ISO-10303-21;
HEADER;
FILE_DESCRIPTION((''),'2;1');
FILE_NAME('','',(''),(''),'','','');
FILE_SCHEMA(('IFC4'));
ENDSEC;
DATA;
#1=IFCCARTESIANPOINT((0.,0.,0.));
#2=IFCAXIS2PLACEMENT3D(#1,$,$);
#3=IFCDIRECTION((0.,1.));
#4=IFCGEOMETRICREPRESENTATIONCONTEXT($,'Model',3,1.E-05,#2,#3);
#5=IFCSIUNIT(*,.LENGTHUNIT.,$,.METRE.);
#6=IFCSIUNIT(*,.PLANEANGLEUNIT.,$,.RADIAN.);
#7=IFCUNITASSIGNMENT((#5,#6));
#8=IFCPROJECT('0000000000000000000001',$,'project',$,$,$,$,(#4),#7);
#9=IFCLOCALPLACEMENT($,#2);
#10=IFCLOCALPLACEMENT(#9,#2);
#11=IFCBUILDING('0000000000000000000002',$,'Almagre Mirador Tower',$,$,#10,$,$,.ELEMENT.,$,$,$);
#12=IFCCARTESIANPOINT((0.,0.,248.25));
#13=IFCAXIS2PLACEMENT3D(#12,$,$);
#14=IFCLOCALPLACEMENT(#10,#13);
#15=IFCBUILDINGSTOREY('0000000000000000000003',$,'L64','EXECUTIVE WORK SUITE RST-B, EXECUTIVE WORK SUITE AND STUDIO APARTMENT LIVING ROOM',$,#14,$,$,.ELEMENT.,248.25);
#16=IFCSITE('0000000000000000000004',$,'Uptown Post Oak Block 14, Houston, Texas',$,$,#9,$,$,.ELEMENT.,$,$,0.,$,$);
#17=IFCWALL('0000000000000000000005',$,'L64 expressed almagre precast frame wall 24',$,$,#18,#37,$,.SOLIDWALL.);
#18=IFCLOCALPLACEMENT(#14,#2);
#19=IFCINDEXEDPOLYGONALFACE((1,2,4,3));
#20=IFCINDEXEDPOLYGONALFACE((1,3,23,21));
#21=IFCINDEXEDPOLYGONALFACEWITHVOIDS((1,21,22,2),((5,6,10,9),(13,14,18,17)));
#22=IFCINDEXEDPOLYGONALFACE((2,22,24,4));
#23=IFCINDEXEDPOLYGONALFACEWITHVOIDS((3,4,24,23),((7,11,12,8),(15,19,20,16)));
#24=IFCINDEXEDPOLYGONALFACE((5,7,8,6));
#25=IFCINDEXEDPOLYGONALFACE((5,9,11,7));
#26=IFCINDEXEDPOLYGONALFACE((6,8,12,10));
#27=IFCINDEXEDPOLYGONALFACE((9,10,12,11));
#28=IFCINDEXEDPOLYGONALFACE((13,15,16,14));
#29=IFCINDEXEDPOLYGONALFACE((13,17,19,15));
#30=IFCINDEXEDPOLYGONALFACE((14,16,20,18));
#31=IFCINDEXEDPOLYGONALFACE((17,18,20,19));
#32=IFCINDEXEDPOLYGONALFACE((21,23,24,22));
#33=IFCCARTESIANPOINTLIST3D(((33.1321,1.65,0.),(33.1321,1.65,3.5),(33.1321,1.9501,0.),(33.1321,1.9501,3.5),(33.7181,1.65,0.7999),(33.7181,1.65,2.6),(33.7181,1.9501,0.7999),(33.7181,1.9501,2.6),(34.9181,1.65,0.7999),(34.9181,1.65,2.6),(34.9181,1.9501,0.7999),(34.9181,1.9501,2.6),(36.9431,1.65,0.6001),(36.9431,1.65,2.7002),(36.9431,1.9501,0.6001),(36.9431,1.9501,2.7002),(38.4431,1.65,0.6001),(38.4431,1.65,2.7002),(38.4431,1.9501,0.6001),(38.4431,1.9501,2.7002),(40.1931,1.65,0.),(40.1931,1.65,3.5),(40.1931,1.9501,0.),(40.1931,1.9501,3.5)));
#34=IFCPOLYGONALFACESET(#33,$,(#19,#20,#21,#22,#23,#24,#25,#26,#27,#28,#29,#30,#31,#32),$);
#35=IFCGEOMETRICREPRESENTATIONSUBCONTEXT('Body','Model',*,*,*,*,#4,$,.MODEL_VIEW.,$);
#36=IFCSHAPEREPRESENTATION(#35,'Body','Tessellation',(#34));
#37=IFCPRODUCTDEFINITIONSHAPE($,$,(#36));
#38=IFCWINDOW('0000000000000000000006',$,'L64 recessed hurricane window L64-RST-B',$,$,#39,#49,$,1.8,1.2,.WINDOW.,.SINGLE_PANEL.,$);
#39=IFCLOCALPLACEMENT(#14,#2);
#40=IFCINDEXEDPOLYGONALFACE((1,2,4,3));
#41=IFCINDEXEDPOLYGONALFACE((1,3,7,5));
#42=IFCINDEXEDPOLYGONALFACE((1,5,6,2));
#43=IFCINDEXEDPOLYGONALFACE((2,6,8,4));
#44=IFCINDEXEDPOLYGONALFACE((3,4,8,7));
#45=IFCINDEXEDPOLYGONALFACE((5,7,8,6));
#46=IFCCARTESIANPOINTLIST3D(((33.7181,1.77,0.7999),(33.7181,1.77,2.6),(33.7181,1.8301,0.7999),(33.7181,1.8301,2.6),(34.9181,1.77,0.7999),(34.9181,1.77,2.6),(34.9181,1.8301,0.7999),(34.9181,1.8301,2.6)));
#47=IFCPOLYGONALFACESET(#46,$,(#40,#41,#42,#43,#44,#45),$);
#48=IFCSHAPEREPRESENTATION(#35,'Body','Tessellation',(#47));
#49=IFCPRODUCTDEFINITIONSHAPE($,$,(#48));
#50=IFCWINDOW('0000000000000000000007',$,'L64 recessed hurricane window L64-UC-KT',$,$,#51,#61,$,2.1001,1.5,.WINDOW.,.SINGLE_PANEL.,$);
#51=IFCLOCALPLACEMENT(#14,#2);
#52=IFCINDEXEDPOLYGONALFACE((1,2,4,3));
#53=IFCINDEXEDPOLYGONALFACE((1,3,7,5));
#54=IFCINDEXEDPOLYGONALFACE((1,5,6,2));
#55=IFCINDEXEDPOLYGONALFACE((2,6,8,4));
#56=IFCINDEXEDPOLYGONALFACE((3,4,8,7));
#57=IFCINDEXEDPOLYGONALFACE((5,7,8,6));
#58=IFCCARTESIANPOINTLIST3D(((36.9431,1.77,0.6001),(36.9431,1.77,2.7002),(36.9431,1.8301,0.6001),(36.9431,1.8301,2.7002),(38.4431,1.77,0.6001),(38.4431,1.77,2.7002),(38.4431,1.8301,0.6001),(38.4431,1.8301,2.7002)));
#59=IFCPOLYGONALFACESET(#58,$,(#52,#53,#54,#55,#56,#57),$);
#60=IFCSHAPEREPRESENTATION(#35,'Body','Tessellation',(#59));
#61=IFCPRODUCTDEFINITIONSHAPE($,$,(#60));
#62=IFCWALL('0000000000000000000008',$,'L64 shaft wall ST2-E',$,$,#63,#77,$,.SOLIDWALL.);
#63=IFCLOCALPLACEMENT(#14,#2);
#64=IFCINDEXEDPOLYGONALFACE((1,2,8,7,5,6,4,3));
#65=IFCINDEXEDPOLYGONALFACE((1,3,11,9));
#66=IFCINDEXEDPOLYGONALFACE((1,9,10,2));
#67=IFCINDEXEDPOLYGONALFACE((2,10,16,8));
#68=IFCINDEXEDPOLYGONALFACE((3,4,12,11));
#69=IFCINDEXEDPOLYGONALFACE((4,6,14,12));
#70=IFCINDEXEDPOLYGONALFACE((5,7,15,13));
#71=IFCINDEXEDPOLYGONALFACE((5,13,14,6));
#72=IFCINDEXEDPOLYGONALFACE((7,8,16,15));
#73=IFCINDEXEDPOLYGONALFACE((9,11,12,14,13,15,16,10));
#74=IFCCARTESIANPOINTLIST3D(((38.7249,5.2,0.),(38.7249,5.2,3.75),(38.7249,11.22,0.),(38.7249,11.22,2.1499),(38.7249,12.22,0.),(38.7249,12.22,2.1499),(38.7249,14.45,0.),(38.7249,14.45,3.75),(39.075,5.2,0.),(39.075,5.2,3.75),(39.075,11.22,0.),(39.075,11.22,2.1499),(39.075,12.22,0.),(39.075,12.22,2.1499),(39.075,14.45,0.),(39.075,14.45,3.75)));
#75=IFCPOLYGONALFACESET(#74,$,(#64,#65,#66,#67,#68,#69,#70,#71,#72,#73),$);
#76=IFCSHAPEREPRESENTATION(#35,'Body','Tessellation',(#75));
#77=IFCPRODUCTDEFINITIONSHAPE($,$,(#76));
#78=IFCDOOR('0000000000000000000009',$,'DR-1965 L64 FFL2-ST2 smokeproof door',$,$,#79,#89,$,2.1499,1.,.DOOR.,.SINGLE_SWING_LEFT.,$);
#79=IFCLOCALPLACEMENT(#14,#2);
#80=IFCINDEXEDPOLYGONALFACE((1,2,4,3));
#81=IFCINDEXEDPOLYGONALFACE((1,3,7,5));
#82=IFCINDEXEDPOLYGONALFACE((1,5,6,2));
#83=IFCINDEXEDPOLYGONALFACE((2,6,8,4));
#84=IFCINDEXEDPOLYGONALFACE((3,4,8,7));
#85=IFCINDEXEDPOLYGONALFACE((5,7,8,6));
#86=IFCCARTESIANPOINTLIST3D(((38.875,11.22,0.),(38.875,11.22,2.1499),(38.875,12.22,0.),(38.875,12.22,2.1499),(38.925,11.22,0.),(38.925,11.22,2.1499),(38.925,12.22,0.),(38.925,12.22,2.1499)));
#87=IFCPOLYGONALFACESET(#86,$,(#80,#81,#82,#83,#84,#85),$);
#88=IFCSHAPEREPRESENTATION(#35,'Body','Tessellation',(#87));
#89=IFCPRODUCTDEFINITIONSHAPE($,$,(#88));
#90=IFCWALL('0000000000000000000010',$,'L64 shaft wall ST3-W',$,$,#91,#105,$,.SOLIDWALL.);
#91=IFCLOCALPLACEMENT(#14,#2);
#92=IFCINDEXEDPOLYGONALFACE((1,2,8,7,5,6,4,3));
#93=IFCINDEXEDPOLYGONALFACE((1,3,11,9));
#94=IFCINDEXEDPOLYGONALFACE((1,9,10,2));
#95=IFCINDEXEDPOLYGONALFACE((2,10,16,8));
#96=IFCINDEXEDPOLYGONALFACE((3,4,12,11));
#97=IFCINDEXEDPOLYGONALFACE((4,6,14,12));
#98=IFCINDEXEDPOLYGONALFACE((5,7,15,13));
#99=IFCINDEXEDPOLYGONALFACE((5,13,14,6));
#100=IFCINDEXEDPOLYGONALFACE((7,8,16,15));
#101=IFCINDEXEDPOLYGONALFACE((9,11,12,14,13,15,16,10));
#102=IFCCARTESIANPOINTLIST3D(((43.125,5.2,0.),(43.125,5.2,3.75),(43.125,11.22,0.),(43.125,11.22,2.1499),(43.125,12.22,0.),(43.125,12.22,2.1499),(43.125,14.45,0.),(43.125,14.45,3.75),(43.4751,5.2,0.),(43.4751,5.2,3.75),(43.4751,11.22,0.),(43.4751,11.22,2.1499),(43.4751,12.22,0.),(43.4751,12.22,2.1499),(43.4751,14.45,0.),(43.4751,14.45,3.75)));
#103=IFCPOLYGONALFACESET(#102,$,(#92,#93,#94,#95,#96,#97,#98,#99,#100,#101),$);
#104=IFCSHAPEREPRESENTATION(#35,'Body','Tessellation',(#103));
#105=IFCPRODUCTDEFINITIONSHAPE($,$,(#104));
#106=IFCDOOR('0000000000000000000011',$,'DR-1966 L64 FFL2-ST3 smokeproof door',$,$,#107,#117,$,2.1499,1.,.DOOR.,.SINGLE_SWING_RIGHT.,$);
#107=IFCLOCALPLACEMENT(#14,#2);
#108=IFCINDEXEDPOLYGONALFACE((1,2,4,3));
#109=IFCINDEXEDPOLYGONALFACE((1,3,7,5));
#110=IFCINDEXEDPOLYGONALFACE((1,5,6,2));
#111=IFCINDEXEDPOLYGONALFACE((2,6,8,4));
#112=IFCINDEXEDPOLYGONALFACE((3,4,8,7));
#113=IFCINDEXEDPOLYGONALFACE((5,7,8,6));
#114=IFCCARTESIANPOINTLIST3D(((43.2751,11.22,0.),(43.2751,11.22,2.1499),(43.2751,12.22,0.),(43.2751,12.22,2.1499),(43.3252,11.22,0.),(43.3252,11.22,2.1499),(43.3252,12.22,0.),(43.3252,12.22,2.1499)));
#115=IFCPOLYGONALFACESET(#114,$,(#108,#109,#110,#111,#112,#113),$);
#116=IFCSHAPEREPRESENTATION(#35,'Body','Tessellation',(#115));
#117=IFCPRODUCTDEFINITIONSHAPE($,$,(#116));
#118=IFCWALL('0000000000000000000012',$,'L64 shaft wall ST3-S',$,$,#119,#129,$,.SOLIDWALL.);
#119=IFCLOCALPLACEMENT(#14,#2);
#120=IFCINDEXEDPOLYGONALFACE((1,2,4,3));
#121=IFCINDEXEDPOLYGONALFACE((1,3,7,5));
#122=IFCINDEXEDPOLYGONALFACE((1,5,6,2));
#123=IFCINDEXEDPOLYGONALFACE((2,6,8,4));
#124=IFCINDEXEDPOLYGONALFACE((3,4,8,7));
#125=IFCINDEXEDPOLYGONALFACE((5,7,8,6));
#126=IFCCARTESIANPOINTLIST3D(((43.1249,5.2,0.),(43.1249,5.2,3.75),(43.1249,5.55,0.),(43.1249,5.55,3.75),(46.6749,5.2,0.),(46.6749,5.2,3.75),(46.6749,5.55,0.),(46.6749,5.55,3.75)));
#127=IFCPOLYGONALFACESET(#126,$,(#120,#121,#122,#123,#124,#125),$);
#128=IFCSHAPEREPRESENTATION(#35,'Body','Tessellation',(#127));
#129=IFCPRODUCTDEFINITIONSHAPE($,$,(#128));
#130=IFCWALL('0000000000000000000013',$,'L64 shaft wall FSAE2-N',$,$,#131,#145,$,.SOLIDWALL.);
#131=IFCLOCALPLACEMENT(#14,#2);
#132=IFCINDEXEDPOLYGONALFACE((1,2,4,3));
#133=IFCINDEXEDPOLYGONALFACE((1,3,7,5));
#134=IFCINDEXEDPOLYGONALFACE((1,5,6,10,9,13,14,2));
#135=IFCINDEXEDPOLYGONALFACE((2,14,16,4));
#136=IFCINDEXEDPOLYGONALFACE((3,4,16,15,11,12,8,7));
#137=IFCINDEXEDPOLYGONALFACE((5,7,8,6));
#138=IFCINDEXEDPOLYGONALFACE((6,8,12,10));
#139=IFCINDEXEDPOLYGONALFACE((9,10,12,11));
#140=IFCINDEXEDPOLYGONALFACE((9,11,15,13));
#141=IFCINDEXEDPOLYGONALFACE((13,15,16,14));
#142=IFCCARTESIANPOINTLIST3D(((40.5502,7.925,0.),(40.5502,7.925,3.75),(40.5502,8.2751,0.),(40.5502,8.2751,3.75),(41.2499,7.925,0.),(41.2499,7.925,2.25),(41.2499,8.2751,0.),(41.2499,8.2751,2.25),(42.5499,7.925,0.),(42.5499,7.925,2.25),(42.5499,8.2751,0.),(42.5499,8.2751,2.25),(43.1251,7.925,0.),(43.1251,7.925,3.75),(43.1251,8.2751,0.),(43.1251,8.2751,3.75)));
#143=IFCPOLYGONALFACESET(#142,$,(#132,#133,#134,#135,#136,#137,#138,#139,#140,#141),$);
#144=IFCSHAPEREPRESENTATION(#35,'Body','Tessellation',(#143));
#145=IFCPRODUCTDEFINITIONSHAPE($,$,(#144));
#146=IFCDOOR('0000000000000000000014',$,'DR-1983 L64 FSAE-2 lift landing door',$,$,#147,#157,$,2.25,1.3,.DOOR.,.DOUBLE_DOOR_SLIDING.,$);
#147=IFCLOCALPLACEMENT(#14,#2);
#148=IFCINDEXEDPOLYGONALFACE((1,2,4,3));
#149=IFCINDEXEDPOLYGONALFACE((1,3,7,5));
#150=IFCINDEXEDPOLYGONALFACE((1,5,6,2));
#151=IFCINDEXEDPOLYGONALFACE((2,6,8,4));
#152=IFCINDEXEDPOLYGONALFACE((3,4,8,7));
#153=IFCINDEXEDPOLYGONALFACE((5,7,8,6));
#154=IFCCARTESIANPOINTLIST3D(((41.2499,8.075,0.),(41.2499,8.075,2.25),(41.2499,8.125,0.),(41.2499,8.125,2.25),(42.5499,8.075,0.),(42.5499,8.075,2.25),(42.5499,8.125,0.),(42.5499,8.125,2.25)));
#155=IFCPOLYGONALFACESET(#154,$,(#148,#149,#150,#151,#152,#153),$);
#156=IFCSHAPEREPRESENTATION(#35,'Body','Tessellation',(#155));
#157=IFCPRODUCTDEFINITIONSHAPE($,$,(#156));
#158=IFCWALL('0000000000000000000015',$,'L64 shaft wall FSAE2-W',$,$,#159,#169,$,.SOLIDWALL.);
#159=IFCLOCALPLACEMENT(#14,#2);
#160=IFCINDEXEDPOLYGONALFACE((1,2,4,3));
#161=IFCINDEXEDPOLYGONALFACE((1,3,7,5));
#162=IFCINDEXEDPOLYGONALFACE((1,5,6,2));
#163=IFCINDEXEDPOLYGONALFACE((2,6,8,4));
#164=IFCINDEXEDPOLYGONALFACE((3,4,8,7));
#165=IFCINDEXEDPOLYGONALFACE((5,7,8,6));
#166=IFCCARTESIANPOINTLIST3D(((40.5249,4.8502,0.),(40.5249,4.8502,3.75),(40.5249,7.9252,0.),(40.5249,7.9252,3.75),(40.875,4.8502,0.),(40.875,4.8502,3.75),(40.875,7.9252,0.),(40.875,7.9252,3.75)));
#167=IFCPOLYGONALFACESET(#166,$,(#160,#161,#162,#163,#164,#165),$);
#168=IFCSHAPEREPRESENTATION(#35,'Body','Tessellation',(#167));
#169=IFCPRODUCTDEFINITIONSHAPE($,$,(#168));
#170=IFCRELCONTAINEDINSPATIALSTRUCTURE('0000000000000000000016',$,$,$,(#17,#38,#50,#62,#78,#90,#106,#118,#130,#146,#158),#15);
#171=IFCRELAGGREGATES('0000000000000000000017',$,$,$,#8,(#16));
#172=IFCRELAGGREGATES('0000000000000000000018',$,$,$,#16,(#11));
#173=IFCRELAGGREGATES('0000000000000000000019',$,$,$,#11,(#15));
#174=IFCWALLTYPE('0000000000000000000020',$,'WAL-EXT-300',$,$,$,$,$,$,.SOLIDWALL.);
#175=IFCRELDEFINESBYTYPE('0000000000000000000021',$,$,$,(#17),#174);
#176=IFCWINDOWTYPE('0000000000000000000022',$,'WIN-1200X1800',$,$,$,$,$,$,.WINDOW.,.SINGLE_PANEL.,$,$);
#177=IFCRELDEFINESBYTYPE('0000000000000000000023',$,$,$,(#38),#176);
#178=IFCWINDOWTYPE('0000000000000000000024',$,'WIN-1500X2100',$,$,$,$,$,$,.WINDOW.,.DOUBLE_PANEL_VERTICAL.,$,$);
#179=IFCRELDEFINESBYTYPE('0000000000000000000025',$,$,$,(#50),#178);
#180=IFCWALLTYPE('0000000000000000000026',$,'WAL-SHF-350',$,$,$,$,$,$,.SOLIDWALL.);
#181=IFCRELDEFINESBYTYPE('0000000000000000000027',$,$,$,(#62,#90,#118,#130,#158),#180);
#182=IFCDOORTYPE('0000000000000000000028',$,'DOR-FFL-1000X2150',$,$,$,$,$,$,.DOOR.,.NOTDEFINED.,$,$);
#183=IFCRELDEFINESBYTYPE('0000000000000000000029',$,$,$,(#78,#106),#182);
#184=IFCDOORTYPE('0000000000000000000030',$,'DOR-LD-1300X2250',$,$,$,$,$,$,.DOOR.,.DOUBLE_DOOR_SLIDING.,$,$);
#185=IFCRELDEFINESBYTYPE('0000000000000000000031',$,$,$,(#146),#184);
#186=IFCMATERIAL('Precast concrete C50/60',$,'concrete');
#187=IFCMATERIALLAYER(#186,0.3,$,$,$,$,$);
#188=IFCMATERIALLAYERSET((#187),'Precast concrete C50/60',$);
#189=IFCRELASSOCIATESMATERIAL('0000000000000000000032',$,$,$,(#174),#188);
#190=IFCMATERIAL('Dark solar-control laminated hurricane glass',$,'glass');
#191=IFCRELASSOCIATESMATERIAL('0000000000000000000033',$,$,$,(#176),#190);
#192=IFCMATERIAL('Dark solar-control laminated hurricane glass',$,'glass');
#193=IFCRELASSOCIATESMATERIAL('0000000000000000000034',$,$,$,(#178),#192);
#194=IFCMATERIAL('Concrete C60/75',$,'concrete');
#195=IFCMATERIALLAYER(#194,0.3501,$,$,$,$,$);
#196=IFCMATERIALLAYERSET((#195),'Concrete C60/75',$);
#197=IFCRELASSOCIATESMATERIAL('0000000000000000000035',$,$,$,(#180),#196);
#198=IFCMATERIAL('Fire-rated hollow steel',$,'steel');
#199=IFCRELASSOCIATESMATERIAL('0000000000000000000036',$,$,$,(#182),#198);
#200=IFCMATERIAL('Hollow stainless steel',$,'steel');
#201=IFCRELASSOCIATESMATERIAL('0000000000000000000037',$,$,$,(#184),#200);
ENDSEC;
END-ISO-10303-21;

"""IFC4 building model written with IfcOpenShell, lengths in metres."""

from ifc_helpers import new_model, si_unit, direction, frame, frame_2d, origin, place, context, subcontext, project, spatial, rectangle, extrude, material, layer, layer_set, type_object, element, fill, save


model = new_model("IFC4")

# Units and contexts
model_context = context("Model", 3, precision=1e-05, world=origin(), true_north=direction((0.0, 1.0)))
body_context = subcontext(model_context, "Body", "Model", "MODEL_VIEW")
ifc_project = project(units=[si_unit("LENGTHUNIT", "METRE"), si_unit("PLANEANGLEUNIT", "RADIAN")], contexts=[model_context])

# Site, building, storey
site_placement = place(None, origin())
site = spatial("IfcSite", under=ifc_project, at=site_placement, Name="Uptown Post Oak Block 14, Houston, Texas", CompositionType="ELEMENT", RefElevation=0.0)
building_placement = place(site_placement, origin())
building = spatial("IfcBuilding", under=site, at=building_placement, Name="Almagre Mirador Tower", CompositionType="ELEMENT")
storey_placement = place(building_placement, frame((0.0, 0.0, 248.25)))
storey = spatial("IfcBuildingStorey", under=building, at=storey_placement, Name="L64", Description="EXECUTIVE WORK SUITE RST-B, EXECUTIVE WORK SUITE AND STUDIO APARTMENT LIVING ROOM", CompositionType="ELEMENT", Elevation=248.25)

# Shared definitions
ifc_material_1 = material(Name="Precast concrete C50/60", Category="concrete")
ifc_layer_1 = layer(ifc_material_1, 0.3)
ifc_layer_set_1 = layer_set([ifc_layer_1], Name="Precast concrete C50/60")
wall_type_1 = type_object("IfcWallType", Name="WAL-EXT-300", PredefinedType="SOLIDWALL", material=ifc_layer_set_1)

# Wall, openings, windows
wall_1_placement = place(storey_placement, frame((40.1931, 1.8, 0.0), z_axis=(0.0, 0.0, 1.0), x_axis=(-1.0, 0.0, 0.0)))
wall_1 = element("IfcWall", 1, at=wall_1_placement, inside=storey, type_object=wall_type_1, Name="L64 expressed almagre precast frame wall 24", PredefinedType="SOLIDWALL", context=body_context, shape_type="SweptSolid", body=[
    extrude(rectangle(XDim=7.061, YDim=0.3, at=frame_2d((3.5305, 0.0))), origin(), (0.0, 0.0, 1.0), 3.5),
])
opening_1_placement = place(wall_1_placement, frame((5.2749, 0.0, 0.8)))
opening_1 = element("IfcOpeningElement", 2, at=opening_1_placement, cuts=wall_1, PredefinedType="OPENING", context=body_context, shape_type="SweptSolid", body=[
    extrude(rectangle(XDim=1.2, YDim=1.8, at=frame_2d((0.6001, 0.8999))), frame((0.0, 0.1599, 0.0), z_axis=(0.0, -1.0, 0.0), x_axis=(1.0, 0.0, 0.0)), (0.0, 0.0, 1.0), 0.32),
])
opening_2_placement = place(wall_1_placement, frame((1.75, 0.0, 0.6001)))
opening_2 = element("IfcOpeningElement", 3, at=opening_2_placement, cuts=wall_1, PredefinedType="OPENING", context=body_context, shape_type="SweptSolid", body=[
    extrude(rectangle(XDim=1.5, YDim=2.1001, at=frame_2d((0.75, 1.05))), frame((0.0, 0.1599, 0.0), z_axis=(0.0, -1.0, 0.0), x_axis=(1.0, 0.0, 0.0)), (0.0, 0.0, 1.0), 0.32),
])
ifc_material_2 = material(Name="Dark solar-control laminated hurricane glass", Category="glass")
window_type_1 = type_object("IfcWindowType", Name="WIN-1200X1800", PartitioningType="SINGLE_PANEL", PredefinedType="WINDOW", material=ifc_material_2)
window_1_placement = place(opening_1_placement, origin())
window_1 = element("IfcWindow", 4, at=window_1_placement, inside=storey, type_object=window_type_1, Name="L64 recessed hurricane window L64-RST-B", OverallHeight=1.8, OverallWidth=1.2, PartitioningType="SINGLE_PANEL", PredefinedType="WINDOW", context=body_context, shape_type="SweptSolid", body=[
    extrude(rectangle(XDim=1.2, YDim=1.8, at=frame_2d((0.6001, 0.8999))), frame((0.0, 0.03, 0.0), z_axis=(0.0, -1.0, 0.0), x_axis=(1.0, 0.0, 0.0)), (0.0, 0.0, 1.0), 0.0601),
])
fill(opening_1, window_1)
ifc_material_3 = material(Name="Dark solar-control laminated hurricane glass", Category="glass")
window_type_2 = type_object("IfcWindowType", Name="WIN-1500X2100", PartitioningType="DOUBLE_PANEL_VERTICAL", PredefinedType="WINDOW", material=ifc_material_3)
window_2_placement = place(opening_2_placement, origin())
window_2 = element("IfcWindow", 5, at=window_2_placement, inside=storey, type_object=window_type_2, Name="L64 recessed hurricane window L64-UC-KT", OverallHeight=2.1001, OverallWidth=1.5, PartitioningType="SINGLE_PANEL", PredefinedType="WINDOW", context=body_context, shape_type="SweptSolid", body=[
    extrude(rectangle(XDim=1.5, YDim=2.1001, at=frame_2d((0.75, 1.05))), frame((0.0, 0.03, 0.0), z_axis=(0.0, -1.0, 0.0), x_axis=(1.0, 0.0, 0.0)), (0.0, 0.0, 1.0), 0.0601),
])
fill(opening_2, window_2)

# Walls, openings, doors
ifc_material_4 = material(Name="Concrete C60/75", Category="concrete")
ifc_layer_2 = layer(ifc_material_4, 0.3501)
ifc_layer_set_2 = layer_set([ifc_layer_2], Name="Concrete C60/75")
wall_type_2 = type_object("IfcWallType", Name="WAL-SHF-350", PredefinedType="SOLIDWALL", material=ifc_layer_set_2)
wall_2_placement = place(storey_placement, frame((38.8999, 5.2, 0.0), z_axis=(0.0, 0.0, 1.0), x_axis=(0.0, 1.0, 0.0)))
wall_2 = element("IfcWall", 6, at=wall_2_placement, inside=storey, type_object=wall_type_2, Name="L64 shaft wall ST2-E", PredefinedType="SOLIDWALL", context=body_context, shape_type="SweptSolid", body=[
    extrude(rectangle(XDim=9.25, YDim=0.3501, at=frame_2d((4.625, 0.0))), origin(), (0.0, 0.0, 1.0), 3.75),
])
opening_3_placement = place(wall_2_placement, frame((6.02, 0.0, 0.0)))
opening_3 = element("IfcOpeningElement", 7, at=opening_3_placement, cuts=wall_2, PredefinedType="OPENING", context=body_context, shape_type="SweptSolid", body=[
    extrude(rectangle(XDim=1.0, YDim=2.1499, at=frame_2d((0.5, 1.075))), frame((0.0, 0.185, 0.0), z_axis=(0.0, -1.0, 0.0), x_axis=(1.0, 0.0, 0.0)), (0.0, 0.0, 1.0), 0.3701),
])
ifc_material_5 = material(Name="Fire-rated hollow steel", Category="steel")
door_type_1 = type_object("IfcDoorType", Name="DOR-FFL-1000X2150", OperationType="NOTDEFINED", PredefinedType="DOOR", material=ifc_material_5)
door_1_placement = place(opening_3_placement, origin())
door_1 = element("IfcDoor", 8, at=door_1_placement, inside=storey, type_object=door_type_1, Name="DR-1965 L64 FFL2-ST2 smokeproof door", OperationType="SINGLE_SWING_LEFT", OverallHeight=2.1499, OverallWidth=1.0, PredefinedType="DOOR", context=body_context, shape_type="SweptSolid", body=[
    extrude(rectangle(XDim=1.0, YDim=2.1499, at=frame_2d((0.5, 1.075))), frame((0.0, 0.0249, 0.0), z_axis=(0.0, -1.0, 0.0), x_axis=(1.0, 0.0, 0.0)), (0.0, 0.0, 1.0), 0.05),
])
fill(opening_3, door_1)
wall_3_placement = place(storey_placement, frame((43.3, 5.2, 0.0), z_axis=(0.0, 0.0, 1.0), x_axis=(0.0, 1.0, 0.0)))
wall_3 = element("IfcWall", 9, at=wall_3_placement, inside=storey, type_object=wall_type_2, Name="L64 shaft wall ST3-W", PredefinedType="SOLIDWALL", context=body_context, shape_type="SweptSolid", body=[
    extrude(rectangle(XDim=9.25, YDim=0.3501, at=frame_2d((4.625, 0.0))), origin(), (0.0, 0.0, 1.0), 3.75),
])
opening_4_placement = place(wall_3_placement, frame((6.02, 0.0, 0.0)))
opening_4 = element("IfcOpeningElement", 10, at=opening_4_placement, cuts=wall_3, PredefinedType="OPENING", context=body_context, shape_type="SweptSolid", body=[
    extrude(rectangle(XDim=1.0, YDim=2.1499, at=frame_2d((0.5, 1.075))), frame((0.0, 0.185, 0.0), z_axis=(0.0, -1.0, 0.0), x_axis=(1.0, 0.0, 0.0)), (0.0, 0.0, 1.0), 0.3701),
])
door_2_placement = place(opening_4_placement, origin())
door_2 = element("IfcDoor", 11, at=door_2_placement, inside=storey, type_object=door_type_1, Name="DR-1966 L64 FFL2-ST3 smokeproof door", OperationType="SINGLE_SWING_RIGHT", OverallHeight=2.1499, OverallWidth=1.0, PredefinedType="DOOR", context=body_context, shape_type="SweptSolid", body=[
    extrude(rectangle(XDim=1.0, YDim=2.1499, at=frame_2d((0.5, 1.075))), frame((0.0, 0.0249, 0.0), z_axis=(0.0, -1.0, 0.0), x_axis=(1.0, 0.0, 0.0)), (0.0, 0.0, 1.0), 0.05),
])
fill(opening_4, door_2)

# Wall
wall_4_placement = place(storey_placement, frame((43.125, 5.375, 0.0), z_axis=(0.0, 0.0, 1.0), x_axis=(1.0, 0.0, 0.0)))
element("IfcWall", 12, at=wall_4_placement, inside=storey, type_object=wall_type_2, Name="L64 shaft wall ST3-S", PredefinedType="SOLIDWALL", context=body_context, shape_type="SweptSolid", body=[
    extrude(rectangle(XDim=3.55, YDim=0.3501, at=frame_2d((1.7749, 0.0))), origin(), (0.0, 0.0, 1.0), 3.75),
])

# Wall, opening, door
wall_5_placement = place(storey_placement, frame((40.55, 8.1001, 0.0), z_axis=(0.0, 0.0, 1.0), x_axis=(1.0, 0.0, 0.0)))
wall_5 = element("IfcWall", 13, at=wall_5_placement, inside=storey, type_object=wall_type_2, Name="L64 shaft wall FSAE2-N", PredefinedType="SOLIDWALL", context=body_context, shape_type="SweptSolid", body=[
    extrude(rectangle(XDim=2.575, YDim=0.3501, at=frame_2d((1.2876, 0.0))), origin(), (0.0, 0.0, 1.0), 3.75),
])
opening_5_placement = place(wall_5_placement, frame((0.7, 0.0, 0.0)))
opening_5 = element("IfcOpeningElement", 14, at=opening_5_placement, cuts=wall_5, PredefinedType="OPENING", context=body_context, shape_type="SweptSolid", body=[
    extrude(rectangle(XDim=1.3, YDim=2.25, at=frame_2d((0.6499, 1.125))), frame((0.0, 0.185, 0.0), z_axis=(0.0, -1.0, 0.0), x_axis=(1.0, 0.0, 0.0)), (0.0, 0.0, 1.0), 0.3701),
])
ifc_material_6 = material(Name="Hollow stainless steel", Category="steel")
door_type_2 = type_object("IfcDoorType", Name="DOR-LD-1300X2250", OperationType="DOUBLE_DOOR_SLIDING", PredefinedType="DOOR", material=ifc_material_6)
door_3_placement = place(opening_5_placement, origin())
door_3 = element("IfcDoor", 15, at=door_3_placement, inside=storey, type_object=door_type_2, Name="DR-1983 L64 FSAE-2 lift landing door", OperationType="DOUBLE_DOOR_SLIDING", OverallHeight=2.25, OverallWidth=1.3, PredefinedType="DOOR", context=body_context, shape_type="SweptSolid", body=[
    extrude(rectangle(XDim=1.3, YDim=2.25, at=frame_2d((0.6499, 1.125))), frame((0.0, 0.0249, 0.0), z_axis=(0.0, -1.0, 0.0), x_axis=(1.0, 0.0, 0.0)), (0.0, 0.0, 1.0), 0.05),
])
fill(opening_5, door_3)

# Wall
wall_6_placement = place(storey_placement, frame((40.7, 4.8501, 0.0), z_axis=(0.0, 0.0, 1.0), x_axis=(0.0, 1.0, 0.0)))
element("IfcWall", 16, at=wall_6_placement, inside=storey, type_object=wall_type_2, Name="L64 shaft wall FSAE2-W", PredefinedType="SOLIDWALL", context=body_context, shape_type="SweptSolid", body=[
    extrude(rectangle(XDim=3.075, YDim=0.3501, at=frame_2d((1.5376, 0.0))), origin(), (0.0, 0.0, 1.0), 3.75),
])

save(model, "model.ifc")
